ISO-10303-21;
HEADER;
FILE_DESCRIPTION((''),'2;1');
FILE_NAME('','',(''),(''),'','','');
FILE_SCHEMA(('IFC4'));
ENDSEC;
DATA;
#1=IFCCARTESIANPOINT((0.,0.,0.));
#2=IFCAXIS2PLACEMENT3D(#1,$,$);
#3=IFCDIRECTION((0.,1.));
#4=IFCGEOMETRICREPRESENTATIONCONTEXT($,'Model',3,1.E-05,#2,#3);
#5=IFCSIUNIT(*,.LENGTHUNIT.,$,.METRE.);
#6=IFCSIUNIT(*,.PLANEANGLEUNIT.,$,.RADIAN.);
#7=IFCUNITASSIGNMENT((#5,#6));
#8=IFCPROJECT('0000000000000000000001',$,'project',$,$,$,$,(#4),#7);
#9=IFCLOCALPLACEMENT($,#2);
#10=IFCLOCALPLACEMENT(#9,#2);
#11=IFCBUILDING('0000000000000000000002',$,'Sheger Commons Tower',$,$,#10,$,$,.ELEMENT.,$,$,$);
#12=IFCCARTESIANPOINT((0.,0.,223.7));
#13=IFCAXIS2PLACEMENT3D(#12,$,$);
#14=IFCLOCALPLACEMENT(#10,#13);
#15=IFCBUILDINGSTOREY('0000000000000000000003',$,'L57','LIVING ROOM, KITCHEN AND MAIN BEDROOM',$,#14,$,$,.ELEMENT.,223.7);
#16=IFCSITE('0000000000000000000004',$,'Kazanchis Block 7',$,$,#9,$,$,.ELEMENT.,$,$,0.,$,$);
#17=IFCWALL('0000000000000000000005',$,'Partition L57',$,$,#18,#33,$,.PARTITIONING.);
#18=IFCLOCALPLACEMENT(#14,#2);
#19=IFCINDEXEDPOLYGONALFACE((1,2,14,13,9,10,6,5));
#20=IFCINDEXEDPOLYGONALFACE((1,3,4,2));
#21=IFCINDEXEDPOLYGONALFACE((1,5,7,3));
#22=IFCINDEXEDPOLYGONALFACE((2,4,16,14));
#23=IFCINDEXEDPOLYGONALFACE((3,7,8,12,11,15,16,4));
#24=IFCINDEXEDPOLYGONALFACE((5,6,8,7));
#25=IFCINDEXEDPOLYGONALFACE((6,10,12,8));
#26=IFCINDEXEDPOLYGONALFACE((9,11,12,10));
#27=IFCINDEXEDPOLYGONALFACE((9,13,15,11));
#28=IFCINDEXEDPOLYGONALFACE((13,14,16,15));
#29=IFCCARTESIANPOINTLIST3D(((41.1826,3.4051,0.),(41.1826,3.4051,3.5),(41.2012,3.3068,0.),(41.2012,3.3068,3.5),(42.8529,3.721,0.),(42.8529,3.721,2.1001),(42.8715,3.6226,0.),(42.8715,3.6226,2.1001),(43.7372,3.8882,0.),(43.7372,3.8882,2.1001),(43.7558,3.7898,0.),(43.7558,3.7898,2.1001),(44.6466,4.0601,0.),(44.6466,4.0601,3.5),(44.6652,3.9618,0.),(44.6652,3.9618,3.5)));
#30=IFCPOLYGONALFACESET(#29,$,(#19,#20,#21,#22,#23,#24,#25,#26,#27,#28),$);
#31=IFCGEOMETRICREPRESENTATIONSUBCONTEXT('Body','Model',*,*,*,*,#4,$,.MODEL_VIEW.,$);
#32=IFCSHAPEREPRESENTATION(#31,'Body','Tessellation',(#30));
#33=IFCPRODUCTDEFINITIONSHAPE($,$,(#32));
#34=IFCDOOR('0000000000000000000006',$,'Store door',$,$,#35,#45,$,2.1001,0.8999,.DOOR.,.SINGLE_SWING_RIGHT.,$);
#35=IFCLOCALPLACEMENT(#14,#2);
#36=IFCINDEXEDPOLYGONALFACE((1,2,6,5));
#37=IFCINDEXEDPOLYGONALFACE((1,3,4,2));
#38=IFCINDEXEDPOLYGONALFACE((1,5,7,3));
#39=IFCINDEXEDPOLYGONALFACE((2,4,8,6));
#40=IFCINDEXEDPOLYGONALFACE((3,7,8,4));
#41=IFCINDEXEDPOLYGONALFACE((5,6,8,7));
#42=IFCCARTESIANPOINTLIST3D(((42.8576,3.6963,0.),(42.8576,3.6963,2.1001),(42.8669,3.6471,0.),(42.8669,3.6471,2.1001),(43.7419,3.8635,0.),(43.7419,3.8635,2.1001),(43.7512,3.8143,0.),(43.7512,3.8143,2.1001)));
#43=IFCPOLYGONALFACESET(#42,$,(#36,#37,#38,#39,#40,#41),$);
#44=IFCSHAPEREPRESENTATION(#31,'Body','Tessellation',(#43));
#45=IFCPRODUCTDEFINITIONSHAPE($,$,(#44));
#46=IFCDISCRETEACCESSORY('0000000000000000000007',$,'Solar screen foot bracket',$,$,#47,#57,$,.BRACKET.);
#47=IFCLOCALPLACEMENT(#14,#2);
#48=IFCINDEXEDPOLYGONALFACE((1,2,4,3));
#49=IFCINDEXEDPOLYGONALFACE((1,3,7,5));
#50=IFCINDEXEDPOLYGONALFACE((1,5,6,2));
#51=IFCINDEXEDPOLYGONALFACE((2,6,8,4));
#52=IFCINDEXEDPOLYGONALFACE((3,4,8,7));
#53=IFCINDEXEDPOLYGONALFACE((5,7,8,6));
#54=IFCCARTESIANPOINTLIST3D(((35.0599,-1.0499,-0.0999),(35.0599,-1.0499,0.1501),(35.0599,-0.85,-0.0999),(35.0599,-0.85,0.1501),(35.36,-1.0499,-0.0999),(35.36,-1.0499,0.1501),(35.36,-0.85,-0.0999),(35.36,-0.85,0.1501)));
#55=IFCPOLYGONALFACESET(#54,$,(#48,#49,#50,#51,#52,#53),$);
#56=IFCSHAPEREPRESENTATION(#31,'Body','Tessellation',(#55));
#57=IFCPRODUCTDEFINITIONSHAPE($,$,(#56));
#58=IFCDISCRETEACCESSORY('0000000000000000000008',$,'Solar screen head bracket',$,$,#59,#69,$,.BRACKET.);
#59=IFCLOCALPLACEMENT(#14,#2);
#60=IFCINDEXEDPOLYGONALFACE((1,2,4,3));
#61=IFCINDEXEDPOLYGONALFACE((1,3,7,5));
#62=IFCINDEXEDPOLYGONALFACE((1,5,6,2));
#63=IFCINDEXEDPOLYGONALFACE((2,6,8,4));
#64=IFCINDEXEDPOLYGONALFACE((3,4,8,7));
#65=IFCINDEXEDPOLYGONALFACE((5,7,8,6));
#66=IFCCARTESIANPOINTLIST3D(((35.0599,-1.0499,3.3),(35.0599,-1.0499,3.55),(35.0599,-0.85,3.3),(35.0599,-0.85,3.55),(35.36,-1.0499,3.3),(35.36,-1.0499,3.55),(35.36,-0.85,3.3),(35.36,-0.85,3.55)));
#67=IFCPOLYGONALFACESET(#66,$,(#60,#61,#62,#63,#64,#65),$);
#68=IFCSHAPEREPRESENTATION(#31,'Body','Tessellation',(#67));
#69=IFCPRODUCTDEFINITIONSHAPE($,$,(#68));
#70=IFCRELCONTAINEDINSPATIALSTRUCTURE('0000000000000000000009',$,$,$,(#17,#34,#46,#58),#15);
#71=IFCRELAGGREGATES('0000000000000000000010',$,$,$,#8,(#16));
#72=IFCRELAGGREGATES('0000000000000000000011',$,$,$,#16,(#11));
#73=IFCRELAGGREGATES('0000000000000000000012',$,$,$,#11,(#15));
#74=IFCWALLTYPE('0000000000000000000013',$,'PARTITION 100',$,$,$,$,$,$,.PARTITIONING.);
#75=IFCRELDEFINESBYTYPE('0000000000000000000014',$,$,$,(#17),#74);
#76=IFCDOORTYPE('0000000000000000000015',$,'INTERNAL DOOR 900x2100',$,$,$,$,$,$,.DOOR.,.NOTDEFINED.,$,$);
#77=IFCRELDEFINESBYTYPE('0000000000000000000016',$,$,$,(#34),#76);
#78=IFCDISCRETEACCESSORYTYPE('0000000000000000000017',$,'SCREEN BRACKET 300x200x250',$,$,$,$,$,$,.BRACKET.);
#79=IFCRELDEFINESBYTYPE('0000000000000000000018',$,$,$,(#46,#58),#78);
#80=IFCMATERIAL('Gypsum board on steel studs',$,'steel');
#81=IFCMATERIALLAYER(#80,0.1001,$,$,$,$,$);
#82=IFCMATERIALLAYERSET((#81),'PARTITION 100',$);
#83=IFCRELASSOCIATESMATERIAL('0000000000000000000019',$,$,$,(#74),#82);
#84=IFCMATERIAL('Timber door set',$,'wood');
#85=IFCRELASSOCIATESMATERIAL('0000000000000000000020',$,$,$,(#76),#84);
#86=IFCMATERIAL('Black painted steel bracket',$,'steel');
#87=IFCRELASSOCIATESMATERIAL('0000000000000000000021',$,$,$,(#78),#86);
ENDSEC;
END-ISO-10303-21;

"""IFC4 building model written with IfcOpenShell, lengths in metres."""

from ifc_helpers import new_model, si_unit, direction, frame, frame_2d, origin, origin_2d, place, context, subcontext, project, spatial, rectangle, extrude, material, layer, layer_set, type_object, element, fill, save


model = new_model("IFC4")

# Units and contexts
model_context = context("Model", 3, precision=1e-05, world=origin(), true_north=direction((0.0, 1.0)))
body_context = subcontext(model_context, "Body", "Model", "MODEL_VIEW")
ifc_project = project(units=[si_unit("LENGTHUNIT", "METRE"), si_unit("PLANEANGLEUNIT", "RADIAN")], contexts=[model_context])

# Site, building, storey
site_placement = place(None, origin())
site = spatial("IfcSite", under=ifc_project, at=site_placement, Name="Kazanchis Block 7", CompositionType="ELEMENT", RefElevation=0.0)
building_placement = place(site_placement, origin())
building = spatial("IfcBuilding", under=site, at=building_placement, Name="Sheger Commons Tower", CompositionType="ELEMENT")
storey_placement = place(building_placement, frame((0.0, 0.0, 223.7)))
storey = spatial("IfcBuildingStorey", under=building, at=storey_placement, Name="L57", Description="LIVING ROOM, KITCHEN AND MAIN BEDROOM", CompositionType="ELEMENT", Elevation=223.7)

# Shared definitions
ifc_material_1 = material(Name="Gypsum board on steel studs", Category="steel")
ifc_layer_1 = layer(ifc_material_1, 0.1001)
ifc_layer_set_1 = layer_set([ifc_layer_1], Name="PARTITION 100")
wall_type_1 = type_object("IfcWallType", Name="PARTITION 100", PredefinedType="PARTITIONING", material=ifc_layer_set_1)
ifc_material_2 = material(Name="Timber door set", Category="wood")
door_type = type_object("IfcDoorType", Name="INTERNAL DOOR 900x2100", OperationType="NOTDEFINED", PredefinedType="DOOR", material=ifc_material_2)

# Wall, opening, door
wall_1_placement = place(storey_placement, frame((41.1919, 3.356, 0.0), z_axis=(0.0, 0.0, 1.0), x_axis=(0.982588, 0.185798, 0.0)))
wall_1 = element("IfcWall", 1, at=wall_1_placement, inside=storey, type_object=wall_type_1, Name="Partition L57", PredefinedType="PARTITIONING", context=body_context, shape_type="SweptSolid", body=[
    extrude(rectangle(XDim=3.5254, YDim=0.1001, at=frame_2d((1.7627, 0.0))), origin(), (0.0, 0.0, 1.0), 3.5),
])
opening_1_placement = place(wall_1_placement, frame((1.7, 0.0, 0.0)))
opening_1 = element("IfcOpeningElement", 2, at=opening_1_placement, cuts=wall_1, PredefinedType="OPENING", context=body_context, shape_type="SweptSolid", body=[
    extrude(rectangle(XDim=0.8999, YDim=2.1001, at=frame_2d((0.45, 1.05))), frame((0.0, 0.0601, 0.0), z_axis=(0.0, -1.0, 0.0), x_axis=(1.0, 0.0, 0.0)), (0.0, 0.0, 1.0), 0.1201),
])
door_1_placement = place(opening_1_placement, origin())
door_1 = element("IfcDoor", 3, at=door_1_placement, inside=storey, type_object=door_type, Name="Store door", OperationType="SINGLE_SWING_RIGHT", OverallHeight=2.1001, OverallWidth=0.8999, PredefinedType="DOOR", context=body_context, shape_type="SweptSolid", body=[
    extrude(rectangle(XDim=0.8999, YDim=2.1001, at=frame_2d((0.45, 1.05))), frame((0.0, 0.0249, 0.0), z_axis=(0.0, -1.0, 0.0), x_axis=(1.0, 0.0, 0.0)), (0.0, 0.0, 1.0), 0.05),
])
fill(opening_1, door_1)

# Discrete accessories
ifc_material_3 = material(Name="Black painted steel bracket", Category="steel")
discrete_accessory_type = type_object("IfcDiscreteAccessoryType", Name="SCREEN BRACKET 300x200x250", PredefinedType="BRACKET", material=ifc_material_3)
for number, where, z_axis, x_axis, name in (
    (4, (35.21, -0.95, -0.0999), (0.0, 0.0, 1.0), (1.0, 0.0, 0.0), "Solar screen foot bracket"),
    (5, (35.21, -0.95, 3.3), (0.0, 0.0, 1.0), (1.0, 0.0, 0.0), "Solar screen head bracket"),
):
    element("IfcDiscreteAccessory", number, at=place(storey_placement, frame(where, z_axis=z_axis, x_axis=x_axis)), inside=storey, type_object=discrete_accessory_type, Name=name, PredefinedType="BRACKET", context=body_context, shape_type="SweptSolid", body=[
        extrude(rectangle(XDim=0.3, YDim=0.2, at=origin_2d()), origin(), (0.0, 0.0, 1.0), 0.25),
    ])

save(model, "model.ifc")
